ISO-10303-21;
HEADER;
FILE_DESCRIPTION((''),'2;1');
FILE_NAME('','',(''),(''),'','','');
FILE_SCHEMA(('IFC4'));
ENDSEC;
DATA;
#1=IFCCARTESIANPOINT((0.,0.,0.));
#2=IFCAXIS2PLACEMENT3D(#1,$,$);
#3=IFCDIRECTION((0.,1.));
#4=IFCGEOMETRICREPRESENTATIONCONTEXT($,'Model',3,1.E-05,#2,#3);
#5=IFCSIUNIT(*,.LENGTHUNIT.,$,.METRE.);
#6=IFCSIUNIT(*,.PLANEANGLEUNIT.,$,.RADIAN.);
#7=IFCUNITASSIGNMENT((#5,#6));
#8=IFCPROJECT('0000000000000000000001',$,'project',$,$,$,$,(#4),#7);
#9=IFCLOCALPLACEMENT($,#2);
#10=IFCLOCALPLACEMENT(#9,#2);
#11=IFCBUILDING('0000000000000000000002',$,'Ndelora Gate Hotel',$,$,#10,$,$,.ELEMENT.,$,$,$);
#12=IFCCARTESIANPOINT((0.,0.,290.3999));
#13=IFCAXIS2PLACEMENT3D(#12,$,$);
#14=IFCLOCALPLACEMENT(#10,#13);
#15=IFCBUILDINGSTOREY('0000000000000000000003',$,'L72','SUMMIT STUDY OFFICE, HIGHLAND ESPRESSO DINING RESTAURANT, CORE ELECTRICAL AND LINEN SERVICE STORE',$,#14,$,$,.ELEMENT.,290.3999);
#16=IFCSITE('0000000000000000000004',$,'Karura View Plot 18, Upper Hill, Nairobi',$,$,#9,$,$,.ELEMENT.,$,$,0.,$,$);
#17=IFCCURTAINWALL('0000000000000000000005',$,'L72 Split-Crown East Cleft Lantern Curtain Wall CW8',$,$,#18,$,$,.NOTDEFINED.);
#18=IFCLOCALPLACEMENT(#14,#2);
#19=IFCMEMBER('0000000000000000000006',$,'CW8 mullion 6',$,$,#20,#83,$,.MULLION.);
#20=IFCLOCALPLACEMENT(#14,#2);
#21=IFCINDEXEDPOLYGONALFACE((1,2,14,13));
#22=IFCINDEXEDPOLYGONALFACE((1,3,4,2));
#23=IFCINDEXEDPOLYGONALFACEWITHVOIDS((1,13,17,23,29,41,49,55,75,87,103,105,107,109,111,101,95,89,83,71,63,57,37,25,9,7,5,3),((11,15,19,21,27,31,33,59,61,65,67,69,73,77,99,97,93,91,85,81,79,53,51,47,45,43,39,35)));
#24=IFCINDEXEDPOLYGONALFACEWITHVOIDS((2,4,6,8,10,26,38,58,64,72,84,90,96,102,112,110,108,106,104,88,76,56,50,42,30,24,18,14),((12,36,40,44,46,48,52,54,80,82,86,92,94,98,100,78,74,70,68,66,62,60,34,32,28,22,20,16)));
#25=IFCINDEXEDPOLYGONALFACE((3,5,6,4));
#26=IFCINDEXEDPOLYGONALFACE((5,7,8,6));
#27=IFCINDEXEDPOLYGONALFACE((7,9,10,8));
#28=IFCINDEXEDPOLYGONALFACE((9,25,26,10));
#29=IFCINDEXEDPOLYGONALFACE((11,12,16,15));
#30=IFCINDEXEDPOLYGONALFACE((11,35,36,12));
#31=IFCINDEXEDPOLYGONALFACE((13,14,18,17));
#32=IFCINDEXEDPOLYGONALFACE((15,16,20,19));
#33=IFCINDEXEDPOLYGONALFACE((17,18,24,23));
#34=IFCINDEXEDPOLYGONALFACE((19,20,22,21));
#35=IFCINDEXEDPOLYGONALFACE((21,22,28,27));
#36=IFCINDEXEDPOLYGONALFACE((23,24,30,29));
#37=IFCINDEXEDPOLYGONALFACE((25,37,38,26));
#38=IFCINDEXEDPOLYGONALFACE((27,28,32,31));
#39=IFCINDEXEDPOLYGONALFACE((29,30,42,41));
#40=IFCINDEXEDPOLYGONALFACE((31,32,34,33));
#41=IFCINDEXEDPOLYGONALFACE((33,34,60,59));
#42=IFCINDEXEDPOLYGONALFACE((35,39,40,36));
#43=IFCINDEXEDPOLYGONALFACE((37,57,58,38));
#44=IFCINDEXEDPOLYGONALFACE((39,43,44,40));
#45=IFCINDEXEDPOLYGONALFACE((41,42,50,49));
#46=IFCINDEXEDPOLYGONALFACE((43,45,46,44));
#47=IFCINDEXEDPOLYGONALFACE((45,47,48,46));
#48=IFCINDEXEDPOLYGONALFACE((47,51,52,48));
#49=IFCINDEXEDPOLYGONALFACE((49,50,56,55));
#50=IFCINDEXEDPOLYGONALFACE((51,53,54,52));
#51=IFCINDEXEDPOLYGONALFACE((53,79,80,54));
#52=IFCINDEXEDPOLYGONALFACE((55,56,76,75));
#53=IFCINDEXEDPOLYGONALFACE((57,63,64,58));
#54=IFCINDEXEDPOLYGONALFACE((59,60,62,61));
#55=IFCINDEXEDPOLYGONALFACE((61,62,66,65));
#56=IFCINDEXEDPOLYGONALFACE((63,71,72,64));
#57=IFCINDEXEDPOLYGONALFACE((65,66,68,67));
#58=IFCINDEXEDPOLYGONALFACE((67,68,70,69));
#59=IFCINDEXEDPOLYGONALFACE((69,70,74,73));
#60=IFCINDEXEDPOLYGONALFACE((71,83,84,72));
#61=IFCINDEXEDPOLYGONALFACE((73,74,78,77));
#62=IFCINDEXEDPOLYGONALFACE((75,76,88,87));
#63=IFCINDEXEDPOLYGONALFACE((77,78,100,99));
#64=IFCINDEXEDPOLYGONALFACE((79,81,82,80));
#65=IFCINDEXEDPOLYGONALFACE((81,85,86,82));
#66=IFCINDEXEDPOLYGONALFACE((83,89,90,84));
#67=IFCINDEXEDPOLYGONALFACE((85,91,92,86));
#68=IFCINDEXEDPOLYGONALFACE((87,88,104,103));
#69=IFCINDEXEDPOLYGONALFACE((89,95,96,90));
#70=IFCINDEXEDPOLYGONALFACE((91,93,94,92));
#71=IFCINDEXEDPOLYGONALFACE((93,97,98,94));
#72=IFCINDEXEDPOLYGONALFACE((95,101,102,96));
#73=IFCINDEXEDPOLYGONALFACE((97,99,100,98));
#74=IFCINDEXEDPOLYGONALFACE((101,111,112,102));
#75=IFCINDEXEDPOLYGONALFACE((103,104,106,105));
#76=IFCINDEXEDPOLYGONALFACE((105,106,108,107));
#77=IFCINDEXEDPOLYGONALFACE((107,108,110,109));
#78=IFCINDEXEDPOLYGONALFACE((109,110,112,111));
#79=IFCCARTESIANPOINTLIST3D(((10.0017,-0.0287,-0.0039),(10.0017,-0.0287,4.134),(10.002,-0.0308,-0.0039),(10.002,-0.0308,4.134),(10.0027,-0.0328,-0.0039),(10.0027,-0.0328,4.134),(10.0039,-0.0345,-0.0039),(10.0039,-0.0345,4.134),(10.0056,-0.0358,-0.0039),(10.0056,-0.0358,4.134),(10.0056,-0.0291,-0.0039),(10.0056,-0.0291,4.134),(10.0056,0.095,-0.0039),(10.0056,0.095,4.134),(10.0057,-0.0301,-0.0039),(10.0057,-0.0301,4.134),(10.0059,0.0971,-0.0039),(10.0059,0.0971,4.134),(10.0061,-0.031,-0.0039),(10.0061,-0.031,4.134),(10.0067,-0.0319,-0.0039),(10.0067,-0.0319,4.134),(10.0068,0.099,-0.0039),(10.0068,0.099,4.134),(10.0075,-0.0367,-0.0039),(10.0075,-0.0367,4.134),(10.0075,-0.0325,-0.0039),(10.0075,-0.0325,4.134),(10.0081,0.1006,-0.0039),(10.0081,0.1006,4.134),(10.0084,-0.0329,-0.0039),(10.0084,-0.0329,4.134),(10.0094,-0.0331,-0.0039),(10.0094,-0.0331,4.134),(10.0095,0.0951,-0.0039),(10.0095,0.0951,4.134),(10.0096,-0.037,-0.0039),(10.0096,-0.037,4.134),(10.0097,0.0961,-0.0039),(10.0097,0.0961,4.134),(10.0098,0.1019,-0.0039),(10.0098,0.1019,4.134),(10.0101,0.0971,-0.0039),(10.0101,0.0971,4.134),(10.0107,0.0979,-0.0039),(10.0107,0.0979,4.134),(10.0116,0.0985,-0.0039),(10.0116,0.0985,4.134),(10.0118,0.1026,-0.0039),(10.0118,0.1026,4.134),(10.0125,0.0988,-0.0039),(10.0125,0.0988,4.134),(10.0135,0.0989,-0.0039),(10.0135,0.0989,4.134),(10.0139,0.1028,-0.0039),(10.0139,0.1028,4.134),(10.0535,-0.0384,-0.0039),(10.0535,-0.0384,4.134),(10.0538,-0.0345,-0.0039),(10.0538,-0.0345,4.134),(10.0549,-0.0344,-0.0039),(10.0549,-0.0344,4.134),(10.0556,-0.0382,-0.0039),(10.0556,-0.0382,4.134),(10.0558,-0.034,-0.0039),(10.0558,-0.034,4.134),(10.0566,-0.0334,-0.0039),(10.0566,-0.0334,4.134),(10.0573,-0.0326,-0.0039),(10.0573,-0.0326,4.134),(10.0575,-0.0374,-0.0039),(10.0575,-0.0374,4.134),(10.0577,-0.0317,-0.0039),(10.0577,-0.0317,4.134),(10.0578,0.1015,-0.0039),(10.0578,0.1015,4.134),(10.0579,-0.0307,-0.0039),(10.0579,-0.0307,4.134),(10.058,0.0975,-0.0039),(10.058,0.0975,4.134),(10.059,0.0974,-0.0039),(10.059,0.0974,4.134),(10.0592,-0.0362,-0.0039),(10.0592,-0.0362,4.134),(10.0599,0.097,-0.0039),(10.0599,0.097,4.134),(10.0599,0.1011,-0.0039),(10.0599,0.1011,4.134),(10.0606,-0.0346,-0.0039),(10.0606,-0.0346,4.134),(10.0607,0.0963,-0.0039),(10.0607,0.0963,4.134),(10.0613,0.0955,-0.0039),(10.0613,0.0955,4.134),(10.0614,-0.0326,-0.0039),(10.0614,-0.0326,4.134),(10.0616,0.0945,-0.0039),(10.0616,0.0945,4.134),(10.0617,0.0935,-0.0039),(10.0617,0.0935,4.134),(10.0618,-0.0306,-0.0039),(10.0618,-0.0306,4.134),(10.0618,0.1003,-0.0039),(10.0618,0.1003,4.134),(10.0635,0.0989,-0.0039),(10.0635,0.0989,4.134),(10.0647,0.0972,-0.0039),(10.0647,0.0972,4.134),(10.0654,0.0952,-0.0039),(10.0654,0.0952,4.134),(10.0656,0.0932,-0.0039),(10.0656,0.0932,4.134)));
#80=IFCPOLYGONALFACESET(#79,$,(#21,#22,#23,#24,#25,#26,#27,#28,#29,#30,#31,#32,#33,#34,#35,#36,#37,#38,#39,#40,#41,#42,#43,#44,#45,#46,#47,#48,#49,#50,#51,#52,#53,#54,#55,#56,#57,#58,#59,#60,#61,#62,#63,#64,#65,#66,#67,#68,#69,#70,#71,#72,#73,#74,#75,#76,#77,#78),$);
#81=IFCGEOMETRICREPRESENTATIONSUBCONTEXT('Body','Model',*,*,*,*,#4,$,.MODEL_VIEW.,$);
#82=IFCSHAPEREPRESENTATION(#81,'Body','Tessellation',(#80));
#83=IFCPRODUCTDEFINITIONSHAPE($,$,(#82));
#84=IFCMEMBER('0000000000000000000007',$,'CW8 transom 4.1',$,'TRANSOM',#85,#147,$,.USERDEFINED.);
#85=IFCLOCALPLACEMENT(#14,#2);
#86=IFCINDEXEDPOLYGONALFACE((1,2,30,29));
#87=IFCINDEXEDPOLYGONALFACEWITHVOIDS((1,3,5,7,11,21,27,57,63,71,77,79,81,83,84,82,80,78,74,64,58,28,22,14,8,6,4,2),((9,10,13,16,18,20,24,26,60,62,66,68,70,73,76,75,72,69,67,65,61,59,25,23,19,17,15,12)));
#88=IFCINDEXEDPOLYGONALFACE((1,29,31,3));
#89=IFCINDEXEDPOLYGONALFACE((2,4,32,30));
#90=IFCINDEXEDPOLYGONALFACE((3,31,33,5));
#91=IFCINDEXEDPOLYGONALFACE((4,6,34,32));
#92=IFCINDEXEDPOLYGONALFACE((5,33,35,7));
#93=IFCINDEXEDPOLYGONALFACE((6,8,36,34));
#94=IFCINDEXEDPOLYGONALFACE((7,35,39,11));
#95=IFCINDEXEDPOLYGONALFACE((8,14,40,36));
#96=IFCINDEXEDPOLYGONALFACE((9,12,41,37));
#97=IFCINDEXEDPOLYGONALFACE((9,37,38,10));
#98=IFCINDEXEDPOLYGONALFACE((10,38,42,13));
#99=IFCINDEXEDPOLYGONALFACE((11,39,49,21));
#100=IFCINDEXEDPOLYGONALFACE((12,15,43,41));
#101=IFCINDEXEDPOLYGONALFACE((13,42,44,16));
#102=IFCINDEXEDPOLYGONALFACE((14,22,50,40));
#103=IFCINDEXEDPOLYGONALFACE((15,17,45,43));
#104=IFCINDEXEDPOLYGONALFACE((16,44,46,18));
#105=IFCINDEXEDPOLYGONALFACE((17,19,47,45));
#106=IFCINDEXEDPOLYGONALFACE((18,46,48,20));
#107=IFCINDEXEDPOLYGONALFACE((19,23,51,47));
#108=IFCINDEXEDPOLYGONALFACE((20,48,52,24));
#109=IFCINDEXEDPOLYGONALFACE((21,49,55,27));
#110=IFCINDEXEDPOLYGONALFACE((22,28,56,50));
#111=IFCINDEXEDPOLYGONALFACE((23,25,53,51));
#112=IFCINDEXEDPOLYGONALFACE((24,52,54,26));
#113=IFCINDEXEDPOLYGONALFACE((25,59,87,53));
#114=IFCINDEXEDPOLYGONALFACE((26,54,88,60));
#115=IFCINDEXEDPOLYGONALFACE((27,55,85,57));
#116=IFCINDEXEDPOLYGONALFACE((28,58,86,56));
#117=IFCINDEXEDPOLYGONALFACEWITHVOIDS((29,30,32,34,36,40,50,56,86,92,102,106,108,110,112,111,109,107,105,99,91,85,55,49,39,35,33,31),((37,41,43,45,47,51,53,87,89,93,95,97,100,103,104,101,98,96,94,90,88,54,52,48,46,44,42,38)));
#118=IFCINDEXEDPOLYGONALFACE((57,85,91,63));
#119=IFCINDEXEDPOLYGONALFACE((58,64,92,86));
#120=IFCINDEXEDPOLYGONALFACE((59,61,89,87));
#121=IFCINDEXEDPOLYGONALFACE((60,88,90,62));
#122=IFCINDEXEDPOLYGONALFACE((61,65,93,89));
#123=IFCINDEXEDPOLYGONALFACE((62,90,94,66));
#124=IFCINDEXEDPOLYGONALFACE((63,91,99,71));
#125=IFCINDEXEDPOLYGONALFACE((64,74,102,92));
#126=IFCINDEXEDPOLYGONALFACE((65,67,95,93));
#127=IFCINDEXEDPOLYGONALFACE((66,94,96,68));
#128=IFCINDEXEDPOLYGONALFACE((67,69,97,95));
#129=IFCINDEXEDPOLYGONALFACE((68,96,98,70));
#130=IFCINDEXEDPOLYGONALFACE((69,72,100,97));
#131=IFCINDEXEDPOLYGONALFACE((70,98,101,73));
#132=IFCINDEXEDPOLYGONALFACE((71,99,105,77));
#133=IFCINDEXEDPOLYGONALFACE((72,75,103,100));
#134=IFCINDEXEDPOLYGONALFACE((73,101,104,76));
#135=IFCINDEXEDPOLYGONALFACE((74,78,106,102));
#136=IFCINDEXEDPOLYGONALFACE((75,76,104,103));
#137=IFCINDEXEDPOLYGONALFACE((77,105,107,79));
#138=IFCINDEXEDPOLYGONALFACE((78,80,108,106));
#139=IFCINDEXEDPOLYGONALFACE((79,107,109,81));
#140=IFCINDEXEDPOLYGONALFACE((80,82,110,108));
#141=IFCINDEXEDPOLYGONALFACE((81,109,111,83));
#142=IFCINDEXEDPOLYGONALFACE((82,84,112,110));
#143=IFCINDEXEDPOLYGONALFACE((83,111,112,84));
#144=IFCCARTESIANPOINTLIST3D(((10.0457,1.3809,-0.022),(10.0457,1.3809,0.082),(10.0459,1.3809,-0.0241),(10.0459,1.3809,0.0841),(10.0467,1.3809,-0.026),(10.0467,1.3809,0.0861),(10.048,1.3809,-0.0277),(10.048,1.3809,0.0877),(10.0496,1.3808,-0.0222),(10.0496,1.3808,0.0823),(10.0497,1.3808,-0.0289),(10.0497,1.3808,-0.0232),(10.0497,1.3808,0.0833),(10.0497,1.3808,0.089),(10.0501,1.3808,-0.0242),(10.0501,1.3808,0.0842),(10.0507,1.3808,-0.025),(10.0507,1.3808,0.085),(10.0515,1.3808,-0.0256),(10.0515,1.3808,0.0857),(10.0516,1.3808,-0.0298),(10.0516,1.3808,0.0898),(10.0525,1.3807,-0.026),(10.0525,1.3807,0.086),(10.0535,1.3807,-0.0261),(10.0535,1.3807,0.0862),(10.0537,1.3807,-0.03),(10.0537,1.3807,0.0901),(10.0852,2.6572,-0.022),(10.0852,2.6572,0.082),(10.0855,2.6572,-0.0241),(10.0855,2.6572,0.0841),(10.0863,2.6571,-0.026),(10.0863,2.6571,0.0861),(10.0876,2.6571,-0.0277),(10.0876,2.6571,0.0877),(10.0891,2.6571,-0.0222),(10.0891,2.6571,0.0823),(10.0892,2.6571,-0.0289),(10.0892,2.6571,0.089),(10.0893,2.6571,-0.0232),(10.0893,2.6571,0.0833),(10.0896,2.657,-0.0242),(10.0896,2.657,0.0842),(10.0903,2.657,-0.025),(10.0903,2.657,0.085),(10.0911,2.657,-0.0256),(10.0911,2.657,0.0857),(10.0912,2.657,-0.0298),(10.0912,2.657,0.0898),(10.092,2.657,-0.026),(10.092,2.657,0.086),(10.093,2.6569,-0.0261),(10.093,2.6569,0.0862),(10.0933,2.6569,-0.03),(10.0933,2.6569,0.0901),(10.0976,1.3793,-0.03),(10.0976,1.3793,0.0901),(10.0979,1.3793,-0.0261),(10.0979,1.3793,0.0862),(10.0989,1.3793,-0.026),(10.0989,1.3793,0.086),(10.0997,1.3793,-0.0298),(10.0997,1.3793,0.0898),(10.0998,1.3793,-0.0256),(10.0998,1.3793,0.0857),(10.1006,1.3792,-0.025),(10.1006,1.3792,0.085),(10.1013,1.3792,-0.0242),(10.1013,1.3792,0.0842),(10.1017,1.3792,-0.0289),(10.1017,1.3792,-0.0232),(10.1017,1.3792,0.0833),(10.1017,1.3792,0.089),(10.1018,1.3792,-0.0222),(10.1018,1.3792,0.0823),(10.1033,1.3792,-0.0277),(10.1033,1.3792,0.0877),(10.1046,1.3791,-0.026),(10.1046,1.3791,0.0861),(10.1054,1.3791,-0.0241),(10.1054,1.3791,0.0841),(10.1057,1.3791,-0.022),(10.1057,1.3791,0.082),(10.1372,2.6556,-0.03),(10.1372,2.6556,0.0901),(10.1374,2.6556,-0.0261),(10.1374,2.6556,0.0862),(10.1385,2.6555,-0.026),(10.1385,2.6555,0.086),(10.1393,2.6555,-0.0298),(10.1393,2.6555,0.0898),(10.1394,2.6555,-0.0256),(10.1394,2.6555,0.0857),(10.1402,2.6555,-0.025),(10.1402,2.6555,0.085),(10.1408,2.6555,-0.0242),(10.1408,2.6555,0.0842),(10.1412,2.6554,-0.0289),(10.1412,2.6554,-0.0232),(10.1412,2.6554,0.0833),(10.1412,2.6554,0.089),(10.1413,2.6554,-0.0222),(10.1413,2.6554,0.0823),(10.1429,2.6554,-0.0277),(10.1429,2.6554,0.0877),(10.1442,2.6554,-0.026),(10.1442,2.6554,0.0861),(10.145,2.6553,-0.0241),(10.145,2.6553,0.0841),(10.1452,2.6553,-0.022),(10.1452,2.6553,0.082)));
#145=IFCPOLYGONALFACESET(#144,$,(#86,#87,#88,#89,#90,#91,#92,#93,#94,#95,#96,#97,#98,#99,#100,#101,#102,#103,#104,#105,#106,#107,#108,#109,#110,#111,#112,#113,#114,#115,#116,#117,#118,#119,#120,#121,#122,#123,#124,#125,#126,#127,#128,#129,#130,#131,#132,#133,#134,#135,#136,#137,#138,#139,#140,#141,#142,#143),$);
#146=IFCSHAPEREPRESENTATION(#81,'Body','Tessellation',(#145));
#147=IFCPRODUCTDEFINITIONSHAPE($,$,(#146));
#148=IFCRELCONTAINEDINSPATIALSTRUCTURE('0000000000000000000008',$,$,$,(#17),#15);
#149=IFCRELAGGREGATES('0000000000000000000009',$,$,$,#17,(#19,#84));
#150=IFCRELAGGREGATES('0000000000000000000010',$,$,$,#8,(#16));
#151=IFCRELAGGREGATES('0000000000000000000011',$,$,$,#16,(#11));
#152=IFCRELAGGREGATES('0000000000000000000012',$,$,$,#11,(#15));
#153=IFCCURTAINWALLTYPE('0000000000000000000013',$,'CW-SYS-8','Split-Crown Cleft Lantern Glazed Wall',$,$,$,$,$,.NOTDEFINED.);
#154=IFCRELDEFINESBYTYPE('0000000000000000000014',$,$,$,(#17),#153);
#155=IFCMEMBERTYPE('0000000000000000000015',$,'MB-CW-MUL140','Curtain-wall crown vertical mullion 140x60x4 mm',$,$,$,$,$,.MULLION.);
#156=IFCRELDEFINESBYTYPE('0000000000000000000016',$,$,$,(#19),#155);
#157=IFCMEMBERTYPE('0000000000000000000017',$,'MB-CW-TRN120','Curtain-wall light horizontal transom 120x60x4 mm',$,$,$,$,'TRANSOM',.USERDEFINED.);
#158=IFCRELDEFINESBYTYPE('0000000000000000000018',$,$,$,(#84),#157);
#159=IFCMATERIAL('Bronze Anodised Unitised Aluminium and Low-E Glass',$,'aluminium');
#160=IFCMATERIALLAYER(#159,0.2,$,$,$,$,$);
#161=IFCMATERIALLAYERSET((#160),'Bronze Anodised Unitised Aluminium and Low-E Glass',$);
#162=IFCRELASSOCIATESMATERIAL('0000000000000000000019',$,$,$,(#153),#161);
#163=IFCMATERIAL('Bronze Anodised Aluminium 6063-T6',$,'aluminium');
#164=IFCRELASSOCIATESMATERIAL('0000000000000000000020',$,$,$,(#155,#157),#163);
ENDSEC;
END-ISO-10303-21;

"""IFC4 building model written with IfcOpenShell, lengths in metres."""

from ifc_helpers import new_model, si_unit, direction, frame, origin, origin_2d, place, context, subcontext, project, spatial, hollow_rectangle, extrude, material, layer, layer_set, material_profile, profile_set, type_object, element, aggregate, save


model = new_model("IFC4")

# Units and contexts
model_context = context("Model", 3, precision=1e-05, world=origin(), true_north=direction((0.0, 1.0)))
body_context = subcontext(model_context, "Body", "Model", "MODEL_VIEW")
ifc_project = project(units=[si_unit("LENGTHUNIT", "METRE"), si_unit("PLANEANGLEUNIT", "RADIAN")], contexts=[model_context])

# Site, building, storey
site_placement = place(None, origin())
site = spatial("IfcSite", under=ifc_project, at=site_placement, Name="Karura View Plot 18, Upper Hill, Nairobi", CompositionType="ELEMENT", RefElevation=0.0)
building_placement = place(site_placement, origin())
building = spatial("IfcBuilding", under=site, at=building_placement, Name="Ndelora Gate Hotel", CompositionType="ELEMENT")
storey_placement = place(building_placement, frame((0.0, 0.0, 290.3999)))
storey = spatial("IfcBuildingStorey", under=building, at=storey_placement, Name="L72", Description="SUMMIT STUDY OFFICE, HIGHLAND ESPRESSO DINING RESTAURANT, CORE ELECTRICAL AND LINEN SERVICE STORE", CompositionType="ELEMENT", Elevation=290.3999)

# Curtain wall, members
ifc_material_1 = material(Name="Bronze Anodised Unitised Aluminium and Low-E Glass", Category="aluminium")
ifc_layer_1 = layer(ifc_material_1, 0.2)
ifc_layer_set_1 = layer_set([ifc_layer_1], Name="Bronze Anodised Unitised Aluminium and Low-E Glass")
curtain_wall_type = type_object("IfcCurtainWallType", Name="CW-SYS-8", Description="Split-Crown Cleft Lantern Glazed Wall", PredefinedType="NOTDEFINED", material=ifc_layer_set_1)
curtain_wall_placement = place(storey_placement, origin())
curtain_wall = element("IfcCurtainWall", 1, at=curtain_wall_placement, inside=storey, type_object=curtain_wall_type, Name="L72 Split-Crown East Cleft Lantern Curtain Wall CW8", PredefinedType="NOTDEFINED")
ifc_material_2 = material(Name="Bronze Anodised Aluminium 6063-T6", Category="aluminium")
ifc_material_profile_1 = material_profile(ifc_material_2, hollow_rectangle(XDim=0.0601, YDim=0.1399, WallThickness=0.0039, InnerFilletRadius=0.0039, OuterFilletRadius=0.0081, at=origin_2d()), Name="ALU 140x60x4")
ifc_profile_set_1 = profile_set([ifc_material_profile_1], Name="Bronze Anodised Aluminium 6063-T6")
member_type_1 = type_object("IfcMemberType", Name="MB-CW-MUL140", Description="Curtain-wall crown vertical mullion 140x60x4 mm", PredefinedType="MULLION", material=ifc_profile_set_1)
member_1_placement = place(storey_placement, frame((10.0337, 0.0322, -0.0039), z_axis=(0.0, 0.0, 1.0), x_axis=(0.999515, -0.031131, 0.0)))
member_1 = element("IfcMember", 2, at=member_1_placement, type_object=member_type_1, Name="CW8 mullion 6", PredefinedType="MULLION", context=body_context, shape_type="SweptSolid", body=[
    extrude(hollow_rectangle(XDim=0.0601, YDim=0.1399, WallThickness=0.0039, InnerFilletRadius=0.0039, OuterFilletRadius=0.0081, at=origin_2d()), origin(), (0.0, 0.0, 1.0), 4.1379),
])
ifc_material_profile_2 = material_profile(ifc_material_2, hollow_rectangle(XDim=0.0601, YDim=0.1201, WallThickness=0.0039, InnerFilletRadius=0.0039, OuterFilletRadius=0.0081, at=origin_2d()), Name="ALU 120x60x4")
ifc_profile_set_2 = profile_set([ifc_material_profile_2], Name="Bronze Anodised Aluminium 6063-T6")
member_type_2 = type_object("IfcMemberType", Name="MB-CW-TRN120", Description="Curtain-wall light horizontal transom 120x60x4 mm", ElementType="TRANSOM", PredefinedType="USERDEFINED", material=ifc_profile_set_2)
member_2_placement = place(storey_placement, frame((10.1152, 2.6562, 0.03), z_axis=(-0.030978, -0.99952, 0.0), x_axis=(0.99952, -0.030978, 0.0)))
member_2 = element("IfcMember", 3, at=member_2_placement, type_object=member_type_2, Name="CW8 transom 4.1", ObjectType="TRANSOM", PredefinedType="USERDEFINED", context=body_context, shape_type="SweptSolid", body=[
    extrude(hollow_rectangle(XDim=0.0601, YDim=0.1201, WallThickness=0.0039, InnerFilletRadius=0.0039, OuterFilletRadius=0.0081, at=origin_2d()), origin(), (0.0, 0.0, 1.0), 1.2769),
])
aggregate(curtain_wall, [member_1, member_2])

save(model, "model.ifc")
